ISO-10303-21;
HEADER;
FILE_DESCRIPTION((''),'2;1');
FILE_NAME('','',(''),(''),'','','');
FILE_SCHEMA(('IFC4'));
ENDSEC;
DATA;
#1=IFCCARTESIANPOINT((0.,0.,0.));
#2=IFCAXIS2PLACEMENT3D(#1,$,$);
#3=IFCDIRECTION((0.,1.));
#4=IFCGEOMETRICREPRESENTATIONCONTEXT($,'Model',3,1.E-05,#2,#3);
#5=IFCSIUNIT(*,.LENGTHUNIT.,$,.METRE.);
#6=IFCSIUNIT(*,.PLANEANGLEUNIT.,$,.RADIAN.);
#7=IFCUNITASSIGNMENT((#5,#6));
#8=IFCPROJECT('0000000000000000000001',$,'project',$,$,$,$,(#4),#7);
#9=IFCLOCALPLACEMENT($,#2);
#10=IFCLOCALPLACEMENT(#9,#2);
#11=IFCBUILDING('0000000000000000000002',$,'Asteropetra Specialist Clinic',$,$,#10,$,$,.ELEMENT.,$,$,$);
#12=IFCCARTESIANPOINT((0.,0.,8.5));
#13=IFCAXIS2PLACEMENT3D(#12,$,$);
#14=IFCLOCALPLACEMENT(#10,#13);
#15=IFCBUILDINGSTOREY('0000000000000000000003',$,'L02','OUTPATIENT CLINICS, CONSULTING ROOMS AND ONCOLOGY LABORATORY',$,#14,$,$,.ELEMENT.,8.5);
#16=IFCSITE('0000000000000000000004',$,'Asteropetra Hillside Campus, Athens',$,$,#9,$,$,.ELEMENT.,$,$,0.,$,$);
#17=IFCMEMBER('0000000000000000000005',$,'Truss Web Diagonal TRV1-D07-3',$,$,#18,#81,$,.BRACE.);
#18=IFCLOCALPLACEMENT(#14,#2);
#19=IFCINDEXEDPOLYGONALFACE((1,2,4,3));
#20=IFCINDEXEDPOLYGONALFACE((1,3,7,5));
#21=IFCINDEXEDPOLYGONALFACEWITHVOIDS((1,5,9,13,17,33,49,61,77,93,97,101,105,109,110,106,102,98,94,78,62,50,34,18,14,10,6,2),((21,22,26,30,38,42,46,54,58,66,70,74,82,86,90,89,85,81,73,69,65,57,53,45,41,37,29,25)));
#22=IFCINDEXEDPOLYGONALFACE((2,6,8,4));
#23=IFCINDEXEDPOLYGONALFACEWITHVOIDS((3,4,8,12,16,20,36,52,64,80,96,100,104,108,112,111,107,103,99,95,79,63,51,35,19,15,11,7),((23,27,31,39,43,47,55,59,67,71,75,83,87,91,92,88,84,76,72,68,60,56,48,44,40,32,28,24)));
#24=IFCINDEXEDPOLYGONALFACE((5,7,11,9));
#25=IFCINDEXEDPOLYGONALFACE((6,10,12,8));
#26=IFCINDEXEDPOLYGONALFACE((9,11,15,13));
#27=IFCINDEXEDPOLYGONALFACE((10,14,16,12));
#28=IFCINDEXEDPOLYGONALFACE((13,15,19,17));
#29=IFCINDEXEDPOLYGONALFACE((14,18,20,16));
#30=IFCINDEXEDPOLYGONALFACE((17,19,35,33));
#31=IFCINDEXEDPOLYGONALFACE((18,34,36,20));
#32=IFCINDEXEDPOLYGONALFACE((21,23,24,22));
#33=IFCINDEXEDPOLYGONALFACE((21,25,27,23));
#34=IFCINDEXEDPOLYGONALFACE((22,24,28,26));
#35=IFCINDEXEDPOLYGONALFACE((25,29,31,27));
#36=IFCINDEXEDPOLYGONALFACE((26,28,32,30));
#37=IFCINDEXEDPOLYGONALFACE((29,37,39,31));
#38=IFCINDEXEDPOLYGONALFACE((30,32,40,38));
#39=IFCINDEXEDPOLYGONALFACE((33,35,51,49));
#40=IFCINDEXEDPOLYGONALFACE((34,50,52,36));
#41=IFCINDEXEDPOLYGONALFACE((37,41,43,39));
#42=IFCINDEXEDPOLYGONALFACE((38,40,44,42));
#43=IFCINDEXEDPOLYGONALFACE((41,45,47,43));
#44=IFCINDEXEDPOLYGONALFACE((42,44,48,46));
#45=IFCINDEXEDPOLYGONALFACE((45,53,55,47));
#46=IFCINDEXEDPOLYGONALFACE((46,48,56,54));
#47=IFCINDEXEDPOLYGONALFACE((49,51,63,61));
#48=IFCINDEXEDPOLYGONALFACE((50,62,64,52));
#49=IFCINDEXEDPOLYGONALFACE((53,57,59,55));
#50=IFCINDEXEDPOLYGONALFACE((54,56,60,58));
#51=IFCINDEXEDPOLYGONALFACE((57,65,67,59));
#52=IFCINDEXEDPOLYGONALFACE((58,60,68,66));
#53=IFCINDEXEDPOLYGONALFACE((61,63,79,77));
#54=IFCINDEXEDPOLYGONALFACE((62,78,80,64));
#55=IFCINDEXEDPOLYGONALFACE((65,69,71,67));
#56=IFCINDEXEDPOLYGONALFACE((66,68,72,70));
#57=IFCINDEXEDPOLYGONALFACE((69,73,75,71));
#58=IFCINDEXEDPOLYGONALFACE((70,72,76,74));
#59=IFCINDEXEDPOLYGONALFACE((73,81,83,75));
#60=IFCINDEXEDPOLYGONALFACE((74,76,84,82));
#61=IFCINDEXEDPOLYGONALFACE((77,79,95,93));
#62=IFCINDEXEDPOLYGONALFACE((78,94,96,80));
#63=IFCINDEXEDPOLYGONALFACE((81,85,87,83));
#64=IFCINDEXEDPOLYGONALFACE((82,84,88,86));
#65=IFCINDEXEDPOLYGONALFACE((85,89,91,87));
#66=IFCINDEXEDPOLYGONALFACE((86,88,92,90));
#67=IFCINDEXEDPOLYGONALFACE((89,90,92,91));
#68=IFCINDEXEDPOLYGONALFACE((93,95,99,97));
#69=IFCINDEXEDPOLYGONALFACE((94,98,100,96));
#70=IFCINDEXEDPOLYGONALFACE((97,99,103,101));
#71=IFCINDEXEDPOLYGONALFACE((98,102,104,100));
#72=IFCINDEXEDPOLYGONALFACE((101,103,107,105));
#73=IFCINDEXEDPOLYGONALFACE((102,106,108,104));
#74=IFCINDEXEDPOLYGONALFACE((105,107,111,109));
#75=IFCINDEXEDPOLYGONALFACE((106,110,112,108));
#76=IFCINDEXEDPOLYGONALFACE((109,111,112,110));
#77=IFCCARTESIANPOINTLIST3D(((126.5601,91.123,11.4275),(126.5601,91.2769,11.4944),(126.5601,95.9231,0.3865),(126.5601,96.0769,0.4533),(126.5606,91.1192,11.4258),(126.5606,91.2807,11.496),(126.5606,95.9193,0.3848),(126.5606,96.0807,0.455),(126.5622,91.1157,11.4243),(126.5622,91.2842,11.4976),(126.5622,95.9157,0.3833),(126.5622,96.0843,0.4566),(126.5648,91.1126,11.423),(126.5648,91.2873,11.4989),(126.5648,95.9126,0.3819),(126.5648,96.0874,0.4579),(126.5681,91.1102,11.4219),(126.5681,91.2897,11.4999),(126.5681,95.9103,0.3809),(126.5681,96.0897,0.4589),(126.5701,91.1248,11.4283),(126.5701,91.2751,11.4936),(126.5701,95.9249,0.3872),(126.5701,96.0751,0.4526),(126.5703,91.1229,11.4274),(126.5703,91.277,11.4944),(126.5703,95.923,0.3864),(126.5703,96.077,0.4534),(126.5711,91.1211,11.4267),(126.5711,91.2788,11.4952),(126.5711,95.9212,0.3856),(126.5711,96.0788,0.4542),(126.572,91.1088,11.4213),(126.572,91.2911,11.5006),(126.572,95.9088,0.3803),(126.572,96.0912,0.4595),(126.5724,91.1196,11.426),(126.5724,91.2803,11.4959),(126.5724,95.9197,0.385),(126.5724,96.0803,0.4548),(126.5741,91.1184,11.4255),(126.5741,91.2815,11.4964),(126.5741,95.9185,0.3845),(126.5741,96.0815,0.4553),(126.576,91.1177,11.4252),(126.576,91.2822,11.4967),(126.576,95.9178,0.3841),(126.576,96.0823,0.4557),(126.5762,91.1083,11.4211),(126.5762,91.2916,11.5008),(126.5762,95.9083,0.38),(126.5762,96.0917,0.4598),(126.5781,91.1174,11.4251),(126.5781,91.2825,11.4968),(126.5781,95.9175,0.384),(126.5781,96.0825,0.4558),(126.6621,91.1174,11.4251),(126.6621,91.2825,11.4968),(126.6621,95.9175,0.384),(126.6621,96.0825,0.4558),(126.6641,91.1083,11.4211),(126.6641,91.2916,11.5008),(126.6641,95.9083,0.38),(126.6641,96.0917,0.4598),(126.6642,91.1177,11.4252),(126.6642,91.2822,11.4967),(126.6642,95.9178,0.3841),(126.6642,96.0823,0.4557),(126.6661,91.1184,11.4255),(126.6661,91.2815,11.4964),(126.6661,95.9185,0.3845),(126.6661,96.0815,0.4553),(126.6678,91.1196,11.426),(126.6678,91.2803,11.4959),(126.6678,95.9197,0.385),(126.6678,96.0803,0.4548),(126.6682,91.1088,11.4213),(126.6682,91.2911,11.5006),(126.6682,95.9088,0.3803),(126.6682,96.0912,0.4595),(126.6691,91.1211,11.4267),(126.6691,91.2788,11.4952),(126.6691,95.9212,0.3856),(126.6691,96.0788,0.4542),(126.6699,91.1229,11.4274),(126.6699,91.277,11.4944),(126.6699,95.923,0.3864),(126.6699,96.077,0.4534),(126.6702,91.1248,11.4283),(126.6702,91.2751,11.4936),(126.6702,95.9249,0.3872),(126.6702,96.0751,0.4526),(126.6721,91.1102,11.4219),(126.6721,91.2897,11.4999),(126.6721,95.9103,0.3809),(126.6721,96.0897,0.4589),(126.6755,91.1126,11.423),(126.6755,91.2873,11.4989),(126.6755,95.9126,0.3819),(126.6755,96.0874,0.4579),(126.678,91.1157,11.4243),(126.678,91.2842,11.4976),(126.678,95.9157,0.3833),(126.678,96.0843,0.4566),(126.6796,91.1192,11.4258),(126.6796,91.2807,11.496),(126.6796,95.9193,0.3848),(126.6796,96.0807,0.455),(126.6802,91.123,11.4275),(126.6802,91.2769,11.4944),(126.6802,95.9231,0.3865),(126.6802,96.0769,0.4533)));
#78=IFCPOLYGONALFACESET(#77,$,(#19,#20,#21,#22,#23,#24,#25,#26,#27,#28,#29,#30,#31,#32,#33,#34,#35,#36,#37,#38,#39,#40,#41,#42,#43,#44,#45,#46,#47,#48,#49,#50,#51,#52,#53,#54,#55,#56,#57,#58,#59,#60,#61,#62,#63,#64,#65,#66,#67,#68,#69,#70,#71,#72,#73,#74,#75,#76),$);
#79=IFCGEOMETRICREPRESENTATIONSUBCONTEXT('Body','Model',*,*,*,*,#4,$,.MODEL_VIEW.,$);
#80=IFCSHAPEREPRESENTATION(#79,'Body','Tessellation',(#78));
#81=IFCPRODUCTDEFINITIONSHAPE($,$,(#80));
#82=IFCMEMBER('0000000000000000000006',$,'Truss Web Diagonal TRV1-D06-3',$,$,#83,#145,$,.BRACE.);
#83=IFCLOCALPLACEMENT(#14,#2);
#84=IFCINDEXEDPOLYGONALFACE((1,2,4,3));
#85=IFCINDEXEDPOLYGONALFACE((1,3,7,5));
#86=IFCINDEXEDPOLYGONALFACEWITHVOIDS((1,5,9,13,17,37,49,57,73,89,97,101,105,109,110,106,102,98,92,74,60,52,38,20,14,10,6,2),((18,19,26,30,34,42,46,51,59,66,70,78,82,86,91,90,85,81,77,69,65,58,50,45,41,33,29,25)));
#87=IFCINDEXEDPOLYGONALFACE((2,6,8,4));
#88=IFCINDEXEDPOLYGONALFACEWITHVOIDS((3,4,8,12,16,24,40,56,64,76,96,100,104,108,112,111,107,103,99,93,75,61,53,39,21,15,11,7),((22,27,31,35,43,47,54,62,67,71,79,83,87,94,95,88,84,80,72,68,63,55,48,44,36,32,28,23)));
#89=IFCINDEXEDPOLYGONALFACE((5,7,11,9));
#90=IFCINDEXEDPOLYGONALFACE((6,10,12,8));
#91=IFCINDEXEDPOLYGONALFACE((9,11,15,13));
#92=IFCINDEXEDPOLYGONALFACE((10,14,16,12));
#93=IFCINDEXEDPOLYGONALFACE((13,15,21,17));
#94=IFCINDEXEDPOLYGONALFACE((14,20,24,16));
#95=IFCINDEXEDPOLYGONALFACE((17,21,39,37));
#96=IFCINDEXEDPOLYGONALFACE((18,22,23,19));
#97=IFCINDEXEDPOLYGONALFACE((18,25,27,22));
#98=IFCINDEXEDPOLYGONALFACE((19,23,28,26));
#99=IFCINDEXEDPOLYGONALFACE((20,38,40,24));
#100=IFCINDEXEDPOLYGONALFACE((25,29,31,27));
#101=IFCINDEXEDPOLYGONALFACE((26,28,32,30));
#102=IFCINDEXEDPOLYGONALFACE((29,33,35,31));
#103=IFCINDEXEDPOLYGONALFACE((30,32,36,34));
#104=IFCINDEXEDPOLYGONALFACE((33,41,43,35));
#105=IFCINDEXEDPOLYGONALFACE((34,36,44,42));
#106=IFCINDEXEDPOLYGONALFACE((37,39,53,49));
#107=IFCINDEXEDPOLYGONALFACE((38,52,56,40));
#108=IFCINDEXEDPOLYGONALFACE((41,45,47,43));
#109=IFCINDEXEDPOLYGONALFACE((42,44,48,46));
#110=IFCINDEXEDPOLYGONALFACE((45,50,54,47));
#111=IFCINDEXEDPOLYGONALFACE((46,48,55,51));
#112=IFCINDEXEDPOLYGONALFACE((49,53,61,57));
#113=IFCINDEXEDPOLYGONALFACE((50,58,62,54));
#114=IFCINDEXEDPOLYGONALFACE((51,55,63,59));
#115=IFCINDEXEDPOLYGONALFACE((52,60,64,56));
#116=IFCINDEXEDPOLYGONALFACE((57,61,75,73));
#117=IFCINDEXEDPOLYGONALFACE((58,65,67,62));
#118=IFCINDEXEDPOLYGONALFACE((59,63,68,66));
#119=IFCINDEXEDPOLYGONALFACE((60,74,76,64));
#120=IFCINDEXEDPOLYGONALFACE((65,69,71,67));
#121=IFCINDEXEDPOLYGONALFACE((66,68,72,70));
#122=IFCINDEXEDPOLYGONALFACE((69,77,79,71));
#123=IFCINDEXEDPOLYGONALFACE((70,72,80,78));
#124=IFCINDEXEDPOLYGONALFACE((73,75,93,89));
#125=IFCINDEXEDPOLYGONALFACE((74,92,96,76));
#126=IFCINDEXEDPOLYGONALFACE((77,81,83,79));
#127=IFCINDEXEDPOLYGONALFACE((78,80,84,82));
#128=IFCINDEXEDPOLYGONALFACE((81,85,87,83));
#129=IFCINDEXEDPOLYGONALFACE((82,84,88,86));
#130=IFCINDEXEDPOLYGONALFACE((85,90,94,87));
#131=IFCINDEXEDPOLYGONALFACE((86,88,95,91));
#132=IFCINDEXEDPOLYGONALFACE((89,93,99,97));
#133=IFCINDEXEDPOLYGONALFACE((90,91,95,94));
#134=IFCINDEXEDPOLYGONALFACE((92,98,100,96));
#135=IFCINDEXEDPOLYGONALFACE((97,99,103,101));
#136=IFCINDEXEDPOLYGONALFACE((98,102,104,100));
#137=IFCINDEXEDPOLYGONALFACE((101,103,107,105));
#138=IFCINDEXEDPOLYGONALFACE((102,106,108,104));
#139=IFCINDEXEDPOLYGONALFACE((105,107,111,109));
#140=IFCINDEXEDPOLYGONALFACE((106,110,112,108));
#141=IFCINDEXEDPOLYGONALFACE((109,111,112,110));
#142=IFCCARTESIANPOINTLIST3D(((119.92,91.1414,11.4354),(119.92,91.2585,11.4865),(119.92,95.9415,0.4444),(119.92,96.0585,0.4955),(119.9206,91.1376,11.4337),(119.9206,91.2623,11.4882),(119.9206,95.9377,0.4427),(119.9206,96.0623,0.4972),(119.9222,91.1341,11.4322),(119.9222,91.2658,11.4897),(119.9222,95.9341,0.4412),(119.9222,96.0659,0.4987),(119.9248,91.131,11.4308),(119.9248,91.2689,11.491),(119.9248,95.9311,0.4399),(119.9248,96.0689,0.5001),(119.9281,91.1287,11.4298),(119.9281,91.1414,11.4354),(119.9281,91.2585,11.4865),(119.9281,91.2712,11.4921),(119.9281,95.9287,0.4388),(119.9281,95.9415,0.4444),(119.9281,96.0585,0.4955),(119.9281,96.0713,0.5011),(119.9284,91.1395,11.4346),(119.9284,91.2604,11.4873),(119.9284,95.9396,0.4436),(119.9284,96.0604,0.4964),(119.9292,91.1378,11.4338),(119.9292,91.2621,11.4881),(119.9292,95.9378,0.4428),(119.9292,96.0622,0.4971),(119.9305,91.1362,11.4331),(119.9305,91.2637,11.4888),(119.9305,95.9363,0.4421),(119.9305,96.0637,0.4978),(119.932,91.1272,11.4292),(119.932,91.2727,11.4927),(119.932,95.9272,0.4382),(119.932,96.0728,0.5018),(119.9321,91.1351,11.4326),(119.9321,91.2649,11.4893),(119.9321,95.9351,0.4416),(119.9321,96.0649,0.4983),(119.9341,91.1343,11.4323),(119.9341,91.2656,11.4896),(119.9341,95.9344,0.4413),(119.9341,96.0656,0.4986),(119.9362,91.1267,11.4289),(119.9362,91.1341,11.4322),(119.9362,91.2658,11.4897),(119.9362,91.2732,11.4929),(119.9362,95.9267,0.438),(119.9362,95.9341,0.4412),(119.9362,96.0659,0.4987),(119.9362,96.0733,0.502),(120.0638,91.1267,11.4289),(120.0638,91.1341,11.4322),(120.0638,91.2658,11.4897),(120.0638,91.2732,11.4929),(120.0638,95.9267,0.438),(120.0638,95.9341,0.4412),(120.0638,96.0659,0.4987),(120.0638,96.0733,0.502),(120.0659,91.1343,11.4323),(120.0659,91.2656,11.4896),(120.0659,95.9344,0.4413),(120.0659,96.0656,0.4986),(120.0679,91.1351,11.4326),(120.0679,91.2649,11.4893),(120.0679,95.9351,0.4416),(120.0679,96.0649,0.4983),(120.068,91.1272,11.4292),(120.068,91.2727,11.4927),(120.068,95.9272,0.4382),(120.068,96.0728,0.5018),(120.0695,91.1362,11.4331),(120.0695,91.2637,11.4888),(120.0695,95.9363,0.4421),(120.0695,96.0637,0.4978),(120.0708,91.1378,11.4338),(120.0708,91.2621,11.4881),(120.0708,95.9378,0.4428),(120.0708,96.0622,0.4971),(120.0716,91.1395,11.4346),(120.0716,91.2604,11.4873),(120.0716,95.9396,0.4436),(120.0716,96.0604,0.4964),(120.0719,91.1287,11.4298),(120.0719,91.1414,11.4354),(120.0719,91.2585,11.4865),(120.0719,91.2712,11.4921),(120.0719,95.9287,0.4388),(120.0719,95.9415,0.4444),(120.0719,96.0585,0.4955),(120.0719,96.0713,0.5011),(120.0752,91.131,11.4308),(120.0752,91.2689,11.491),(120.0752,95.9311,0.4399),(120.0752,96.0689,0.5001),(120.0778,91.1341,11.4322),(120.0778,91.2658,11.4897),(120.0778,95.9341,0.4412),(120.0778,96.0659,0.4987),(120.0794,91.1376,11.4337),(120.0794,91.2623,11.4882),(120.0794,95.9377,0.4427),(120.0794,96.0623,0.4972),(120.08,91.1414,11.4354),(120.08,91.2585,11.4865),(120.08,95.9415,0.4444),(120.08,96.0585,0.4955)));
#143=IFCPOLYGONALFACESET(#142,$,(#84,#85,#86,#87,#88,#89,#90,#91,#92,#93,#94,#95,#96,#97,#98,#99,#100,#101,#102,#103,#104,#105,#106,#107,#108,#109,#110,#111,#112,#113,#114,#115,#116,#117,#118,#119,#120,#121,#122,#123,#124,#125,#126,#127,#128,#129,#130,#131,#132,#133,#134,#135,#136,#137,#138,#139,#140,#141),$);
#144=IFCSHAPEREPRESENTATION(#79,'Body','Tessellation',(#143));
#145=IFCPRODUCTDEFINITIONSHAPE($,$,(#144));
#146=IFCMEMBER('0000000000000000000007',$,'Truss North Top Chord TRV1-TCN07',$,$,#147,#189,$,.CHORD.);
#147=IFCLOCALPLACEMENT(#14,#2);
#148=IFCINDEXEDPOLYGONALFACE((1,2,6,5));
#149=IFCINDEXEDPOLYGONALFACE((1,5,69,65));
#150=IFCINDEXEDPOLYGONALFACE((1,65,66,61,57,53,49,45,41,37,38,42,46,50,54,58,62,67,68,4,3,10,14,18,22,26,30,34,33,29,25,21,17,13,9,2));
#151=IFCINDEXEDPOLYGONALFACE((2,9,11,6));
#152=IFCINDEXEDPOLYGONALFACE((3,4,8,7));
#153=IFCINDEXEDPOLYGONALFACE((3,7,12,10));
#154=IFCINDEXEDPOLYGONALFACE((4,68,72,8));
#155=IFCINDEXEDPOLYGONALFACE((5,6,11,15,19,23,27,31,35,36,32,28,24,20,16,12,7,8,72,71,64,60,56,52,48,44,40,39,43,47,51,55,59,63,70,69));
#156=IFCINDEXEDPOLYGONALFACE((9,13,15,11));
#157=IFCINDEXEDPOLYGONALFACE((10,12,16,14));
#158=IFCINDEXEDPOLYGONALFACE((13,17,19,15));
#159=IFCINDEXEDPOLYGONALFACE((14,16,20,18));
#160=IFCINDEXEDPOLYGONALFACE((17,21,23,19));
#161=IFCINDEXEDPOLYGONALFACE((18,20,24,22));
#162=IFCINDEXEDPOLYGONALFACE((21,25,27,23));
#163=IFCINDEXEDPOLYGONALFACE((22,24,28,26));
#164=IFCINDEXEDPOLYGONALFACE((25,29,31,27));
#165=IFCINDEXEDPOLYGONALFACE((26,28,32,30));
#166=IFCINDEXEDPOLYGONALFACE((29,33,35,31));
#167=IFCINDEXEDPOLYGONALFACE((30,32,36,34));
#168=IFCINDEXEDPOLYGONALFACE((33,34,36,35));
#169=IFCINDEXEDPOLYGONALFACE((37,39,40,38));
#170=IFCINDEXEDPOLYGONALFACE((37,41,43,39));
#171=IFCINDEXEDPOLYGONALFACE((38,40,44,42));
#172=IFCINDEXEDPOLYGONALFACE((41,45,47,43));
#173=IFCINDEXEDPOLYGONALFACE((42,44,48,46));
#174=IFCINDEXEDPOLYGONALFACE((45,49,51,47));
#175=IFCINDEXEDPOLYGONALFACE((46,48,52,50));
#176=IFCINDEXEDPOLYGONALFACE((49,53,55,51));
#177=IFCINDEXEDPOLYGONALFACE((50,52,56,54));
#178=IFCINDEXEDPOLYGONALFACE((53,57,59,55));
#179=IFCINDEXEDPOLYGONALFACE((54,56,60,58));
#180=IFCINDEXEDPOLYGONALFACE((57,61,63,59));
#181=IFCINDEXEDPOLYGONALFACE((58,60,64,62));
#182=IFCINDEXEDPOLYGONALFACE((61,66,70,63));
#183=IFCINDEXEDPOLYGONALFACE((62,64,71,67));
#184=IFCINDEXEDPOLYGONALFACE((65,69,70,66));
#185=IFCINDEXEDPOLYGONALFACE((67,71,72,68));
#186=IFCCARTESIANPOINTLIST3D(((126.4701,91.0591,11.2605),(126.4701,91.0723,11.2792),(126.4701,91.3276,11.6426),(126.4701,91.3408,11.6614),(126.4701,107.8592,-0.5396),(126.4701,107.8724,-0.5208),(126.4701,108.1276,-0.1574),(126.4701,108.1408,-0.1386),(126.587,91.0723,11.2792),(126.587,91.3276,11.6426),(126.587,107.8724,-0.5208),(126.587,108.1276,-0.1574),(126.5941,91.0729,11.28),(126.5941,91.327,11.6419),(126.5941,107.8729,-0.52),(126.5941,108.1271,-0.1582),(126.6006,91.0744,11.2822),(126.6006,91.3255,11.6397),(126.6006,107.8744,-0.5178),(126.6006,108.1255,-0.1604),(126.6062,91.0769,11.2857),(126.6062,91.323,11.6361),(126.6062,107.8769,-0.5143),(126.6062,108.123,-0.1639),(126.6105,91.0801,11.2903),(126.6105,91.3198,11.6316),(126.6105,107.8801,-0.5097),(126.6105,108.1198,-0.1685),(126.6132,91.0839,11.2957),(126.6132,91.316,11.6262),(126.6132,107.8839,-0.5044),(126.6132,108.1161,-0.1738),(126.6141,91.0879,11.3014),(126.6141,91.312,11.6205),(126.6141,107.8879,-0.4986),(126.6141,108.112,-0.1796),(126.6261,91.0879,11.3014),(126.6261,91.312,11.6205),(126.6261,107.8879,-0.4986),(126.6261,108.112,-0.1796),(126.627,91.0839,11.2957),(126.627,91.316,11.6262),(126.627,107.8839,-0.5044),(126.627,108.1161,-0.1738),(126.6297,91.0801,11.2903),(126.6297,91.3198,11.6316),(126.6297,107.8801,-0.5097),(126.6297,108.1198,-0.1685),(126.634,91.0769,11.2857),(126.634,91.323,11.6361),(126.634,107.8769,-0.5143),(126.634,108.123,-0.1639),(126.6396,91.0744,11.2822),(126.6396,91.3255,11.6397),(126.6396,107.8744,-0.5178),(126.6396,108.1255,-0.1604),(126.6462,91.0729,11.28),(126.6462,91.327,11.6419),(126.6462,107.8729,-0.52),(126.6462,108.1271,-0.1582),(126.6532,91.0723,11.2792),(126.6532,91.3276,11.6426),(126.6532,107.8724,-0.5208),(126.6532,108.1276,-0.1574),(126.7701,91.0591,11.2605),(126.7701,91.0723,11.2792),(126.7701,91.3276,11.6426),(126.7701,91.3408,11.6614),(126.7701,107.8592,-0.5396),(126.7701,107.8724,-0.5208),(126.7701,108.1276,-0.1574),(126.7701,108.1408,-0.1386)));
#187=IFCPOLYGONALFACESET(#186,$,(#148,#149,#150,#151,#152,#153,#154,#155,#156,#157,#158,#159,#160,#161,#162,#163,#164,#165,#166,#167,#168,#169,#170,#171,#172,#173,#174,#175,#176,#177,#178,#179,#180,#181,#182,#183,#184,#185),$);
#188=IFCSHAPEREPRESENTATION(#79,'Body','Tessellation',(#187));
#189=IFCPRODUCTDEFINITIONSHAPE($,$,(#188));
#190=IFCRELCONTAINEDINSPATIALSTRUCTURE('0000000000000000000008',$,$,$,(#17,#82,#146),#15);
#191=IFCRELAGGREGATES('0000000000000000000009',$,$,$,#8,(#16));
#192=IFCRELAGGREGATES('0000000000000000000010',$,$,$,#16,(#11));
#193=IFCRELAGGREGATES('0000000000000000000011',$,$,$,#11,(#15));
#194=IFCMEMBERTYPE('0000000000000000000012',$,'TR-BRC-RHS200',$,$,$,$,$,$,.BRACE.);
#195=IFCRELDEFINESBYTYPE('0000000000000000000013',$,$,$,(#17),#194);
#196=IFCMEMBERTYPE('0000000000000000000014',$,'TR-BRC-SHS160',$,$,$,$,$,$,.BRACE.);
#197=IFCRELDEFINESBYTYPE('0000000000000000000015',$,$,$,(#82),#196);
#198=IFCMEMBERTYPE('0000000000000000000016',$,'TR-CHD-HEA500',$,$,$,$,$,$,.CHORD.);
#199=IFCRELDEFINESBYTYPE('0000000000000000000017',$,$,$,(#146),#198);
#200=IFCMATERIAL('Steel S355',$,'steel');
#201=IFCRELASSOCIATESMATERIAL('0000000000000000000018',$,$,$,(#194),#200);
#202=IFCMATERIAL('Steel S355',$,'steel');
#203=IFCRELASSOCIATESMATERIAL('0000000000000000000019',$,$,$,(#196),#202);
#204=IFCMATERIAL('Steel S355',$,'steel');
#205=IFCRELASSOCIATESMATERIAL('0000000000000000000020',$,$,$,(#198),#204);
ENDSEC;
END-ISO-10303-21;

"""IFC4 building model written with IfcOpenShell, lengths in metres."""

from ifc_helpers import new_model, si_unit, direction, frame, origin, origin_2d, place, context, subcontext, project, spatial, hollow_rectangle, i_section, extrude, material, material_profile, profile_set, type_object, element, save


model = new_model("IFC4")

# Units and contexts
model_context = context("Model", 3, precision=1e-05, world=origin(), true_north=direction((0.0, 1.0)))
body_context = subcontext(model_context, "Body", "Model", "MODEL_VIEW")
ifc_project = project(units=[si_unit("LENGTHUNIT", "METRE"), si_unit("PLANEANGLEUNIT", "RADIAN")], contexts=[model_context])

# Site, building, storey
site_placement = place(None, origin())
site = spatial("IfcSite", under=ifc_project, at=site_placement, Name="Asteropetra Hillside Campus, Athens", CompositionType="ELEMENT", RefElevation=0.0)
building_placement = place(site_placement, origin())
building = spatial("IfcBuilding", under=site, at=building_placement, Name="Asteropetra Specialist Clinic", CompositionType="ELEMENT")
storey_placement = place(building_placement, frame((0.0, 0.0, 8.5)))
storey = spatial("IfcBuildingStorey", under=building, at=storey_placement, Name="L02", Description="OUTPATIENT CLINICS, CONSULTING ROOMS AND ONCOLOGY LABORATORY", CompositionType="ELEMENT", Elevation=8.5)

# Members
ifc_material_1 = material(Name="Steel S355", Category="steel")
ifc_material_profile_1 = material_profile(ifc_material_1, hollow_rectangle(XDim=0.1201, YDim=0.2, WallThickness=0.01, InnerFilletRadius=0.0081, OuterFilletRadius=0.0161, at=origin_2d()), Name="RHS 200x120x10.0")
ifc_profile_set_1 = profile_set([ifc_material_profile_1], Name="Steel S355")
member_type_1 = type_object("IfcMemberType", Name="TR-BRC-RHS200", PredefinedType="BRACE", material=ifc_profile_set_1)
for number, where, z_axis, x_axis, name in (
    (1, (126.6201, 91.2, 11.4609), (0.0, 0.398699, -0.917082), (-1.0, 0.0, 0.0), "Truss Web Diagonal TRV1-D07-3"),
):
    element("IfcMember", number, at=place(storey_placement, frame(where, z_axis=z_axis, x_axis=x_axis)), inside=storey, type_object=member_type_1, Name=name, PredefinedType="BRACE", context=body_context, shape_type="SweptSolid", body=[
        extrude(hollow_rectangle(XDim=0.1201, YDim=0.2, WallThickness=0.01, InnerFilletRadius=0.0081, OuterFilletRadius=0.0161, at=origin_2d()), origin(), (0.0, 0.0, 1.0), 12.0393),
    ])
ifc_material_2 = material(Name="Steel S355", Category="steel")
ifc_material_profile_2 = material_profile(ifc_material_2, hollow_rectangle(XDim=0.1599, YDim=0.1599, WallThickness=0.0081, InnerFilletRadius=0.0081, OuterFilletRadius=0.0161, at=origin_2d()), Name="SHS 160x160x8.0")
ifc_profile_set_2 = profile_set([ifc_material_profile_2], Name="Steel S355")
member_type_2 = type_object("IfcMemberType", Name="TR-BRC-SHS160", PredefinedType="BRACE", material=ifc_profile_set_2)
member_1_placement = place(storey_placement, frame((120.0, 91.2, 11.4609), z_axis=(0.0, 0.400224, -0.916417), x_axis=(-1.0, 0.0, 0.0)))
element("IfcMember", 2, at=member_1_placement, inside=storey, type_object=member_type_2, Name="Truss Web Diagonal TRV1-D06-3", PredefinedType="BRACE", context=body_context, shape_type="SweptSolid", body=[
    extrude(hollow_rectangle(XDim=0.1599, YDim=0.1599, WallThickness=0.0081, InnerFilletRadius=0.0081, OuterFilletRadius=0.0161, at=origin_2d()), origin(), (0.0, 0.0, 1.0), 11.9934),
])
ifc_material_3 = material(Name="Steel S355", Category="steel")
ifc_material_profile_3 = material_profile(ifc_material_3, i_section(OverallWidth=0.3, OverallDepth=0.49, WebThickness=0.012, FlangeThickness=0.0229, FilletRadius=0.0271, at=origin_2d()), Name="HEA 500")
ifc_profile_set_3 = profile_set([ifc_material_profile_3], Name="Steel S355")
member_type_3 = type_object("IfcMemberType", Name="TR-CHD-HEA500", PredefinedType="CHORD", material=ifc_profile_set_3)
member_2_placement = place(storey_placement, frame((126.6201, 91.2, 11.4609), z_axis=(0.0, 0.818315, -0.57477), x_axis=(-1.0, 0.0, 0.0)))
element("IfcMember", 3, at=member_2_placement, inside=storey, type_object=member_type_3, Name="Truss North Top Chord TRV1-TCN07", PredefinedType="CHORD", context=body_context, shape_type="SweptSolid", body=[
    extrude(i_section(OverallWidth=0.3, OverallDepth=0.49, WebThickness=0.012, FlangeThickness=0.0229, FilletRadius=0.0271, at=origin_2d()), origin(), (0.0, 0.0, 1.0), 20.53),
])

save(model, "model.ifc")
